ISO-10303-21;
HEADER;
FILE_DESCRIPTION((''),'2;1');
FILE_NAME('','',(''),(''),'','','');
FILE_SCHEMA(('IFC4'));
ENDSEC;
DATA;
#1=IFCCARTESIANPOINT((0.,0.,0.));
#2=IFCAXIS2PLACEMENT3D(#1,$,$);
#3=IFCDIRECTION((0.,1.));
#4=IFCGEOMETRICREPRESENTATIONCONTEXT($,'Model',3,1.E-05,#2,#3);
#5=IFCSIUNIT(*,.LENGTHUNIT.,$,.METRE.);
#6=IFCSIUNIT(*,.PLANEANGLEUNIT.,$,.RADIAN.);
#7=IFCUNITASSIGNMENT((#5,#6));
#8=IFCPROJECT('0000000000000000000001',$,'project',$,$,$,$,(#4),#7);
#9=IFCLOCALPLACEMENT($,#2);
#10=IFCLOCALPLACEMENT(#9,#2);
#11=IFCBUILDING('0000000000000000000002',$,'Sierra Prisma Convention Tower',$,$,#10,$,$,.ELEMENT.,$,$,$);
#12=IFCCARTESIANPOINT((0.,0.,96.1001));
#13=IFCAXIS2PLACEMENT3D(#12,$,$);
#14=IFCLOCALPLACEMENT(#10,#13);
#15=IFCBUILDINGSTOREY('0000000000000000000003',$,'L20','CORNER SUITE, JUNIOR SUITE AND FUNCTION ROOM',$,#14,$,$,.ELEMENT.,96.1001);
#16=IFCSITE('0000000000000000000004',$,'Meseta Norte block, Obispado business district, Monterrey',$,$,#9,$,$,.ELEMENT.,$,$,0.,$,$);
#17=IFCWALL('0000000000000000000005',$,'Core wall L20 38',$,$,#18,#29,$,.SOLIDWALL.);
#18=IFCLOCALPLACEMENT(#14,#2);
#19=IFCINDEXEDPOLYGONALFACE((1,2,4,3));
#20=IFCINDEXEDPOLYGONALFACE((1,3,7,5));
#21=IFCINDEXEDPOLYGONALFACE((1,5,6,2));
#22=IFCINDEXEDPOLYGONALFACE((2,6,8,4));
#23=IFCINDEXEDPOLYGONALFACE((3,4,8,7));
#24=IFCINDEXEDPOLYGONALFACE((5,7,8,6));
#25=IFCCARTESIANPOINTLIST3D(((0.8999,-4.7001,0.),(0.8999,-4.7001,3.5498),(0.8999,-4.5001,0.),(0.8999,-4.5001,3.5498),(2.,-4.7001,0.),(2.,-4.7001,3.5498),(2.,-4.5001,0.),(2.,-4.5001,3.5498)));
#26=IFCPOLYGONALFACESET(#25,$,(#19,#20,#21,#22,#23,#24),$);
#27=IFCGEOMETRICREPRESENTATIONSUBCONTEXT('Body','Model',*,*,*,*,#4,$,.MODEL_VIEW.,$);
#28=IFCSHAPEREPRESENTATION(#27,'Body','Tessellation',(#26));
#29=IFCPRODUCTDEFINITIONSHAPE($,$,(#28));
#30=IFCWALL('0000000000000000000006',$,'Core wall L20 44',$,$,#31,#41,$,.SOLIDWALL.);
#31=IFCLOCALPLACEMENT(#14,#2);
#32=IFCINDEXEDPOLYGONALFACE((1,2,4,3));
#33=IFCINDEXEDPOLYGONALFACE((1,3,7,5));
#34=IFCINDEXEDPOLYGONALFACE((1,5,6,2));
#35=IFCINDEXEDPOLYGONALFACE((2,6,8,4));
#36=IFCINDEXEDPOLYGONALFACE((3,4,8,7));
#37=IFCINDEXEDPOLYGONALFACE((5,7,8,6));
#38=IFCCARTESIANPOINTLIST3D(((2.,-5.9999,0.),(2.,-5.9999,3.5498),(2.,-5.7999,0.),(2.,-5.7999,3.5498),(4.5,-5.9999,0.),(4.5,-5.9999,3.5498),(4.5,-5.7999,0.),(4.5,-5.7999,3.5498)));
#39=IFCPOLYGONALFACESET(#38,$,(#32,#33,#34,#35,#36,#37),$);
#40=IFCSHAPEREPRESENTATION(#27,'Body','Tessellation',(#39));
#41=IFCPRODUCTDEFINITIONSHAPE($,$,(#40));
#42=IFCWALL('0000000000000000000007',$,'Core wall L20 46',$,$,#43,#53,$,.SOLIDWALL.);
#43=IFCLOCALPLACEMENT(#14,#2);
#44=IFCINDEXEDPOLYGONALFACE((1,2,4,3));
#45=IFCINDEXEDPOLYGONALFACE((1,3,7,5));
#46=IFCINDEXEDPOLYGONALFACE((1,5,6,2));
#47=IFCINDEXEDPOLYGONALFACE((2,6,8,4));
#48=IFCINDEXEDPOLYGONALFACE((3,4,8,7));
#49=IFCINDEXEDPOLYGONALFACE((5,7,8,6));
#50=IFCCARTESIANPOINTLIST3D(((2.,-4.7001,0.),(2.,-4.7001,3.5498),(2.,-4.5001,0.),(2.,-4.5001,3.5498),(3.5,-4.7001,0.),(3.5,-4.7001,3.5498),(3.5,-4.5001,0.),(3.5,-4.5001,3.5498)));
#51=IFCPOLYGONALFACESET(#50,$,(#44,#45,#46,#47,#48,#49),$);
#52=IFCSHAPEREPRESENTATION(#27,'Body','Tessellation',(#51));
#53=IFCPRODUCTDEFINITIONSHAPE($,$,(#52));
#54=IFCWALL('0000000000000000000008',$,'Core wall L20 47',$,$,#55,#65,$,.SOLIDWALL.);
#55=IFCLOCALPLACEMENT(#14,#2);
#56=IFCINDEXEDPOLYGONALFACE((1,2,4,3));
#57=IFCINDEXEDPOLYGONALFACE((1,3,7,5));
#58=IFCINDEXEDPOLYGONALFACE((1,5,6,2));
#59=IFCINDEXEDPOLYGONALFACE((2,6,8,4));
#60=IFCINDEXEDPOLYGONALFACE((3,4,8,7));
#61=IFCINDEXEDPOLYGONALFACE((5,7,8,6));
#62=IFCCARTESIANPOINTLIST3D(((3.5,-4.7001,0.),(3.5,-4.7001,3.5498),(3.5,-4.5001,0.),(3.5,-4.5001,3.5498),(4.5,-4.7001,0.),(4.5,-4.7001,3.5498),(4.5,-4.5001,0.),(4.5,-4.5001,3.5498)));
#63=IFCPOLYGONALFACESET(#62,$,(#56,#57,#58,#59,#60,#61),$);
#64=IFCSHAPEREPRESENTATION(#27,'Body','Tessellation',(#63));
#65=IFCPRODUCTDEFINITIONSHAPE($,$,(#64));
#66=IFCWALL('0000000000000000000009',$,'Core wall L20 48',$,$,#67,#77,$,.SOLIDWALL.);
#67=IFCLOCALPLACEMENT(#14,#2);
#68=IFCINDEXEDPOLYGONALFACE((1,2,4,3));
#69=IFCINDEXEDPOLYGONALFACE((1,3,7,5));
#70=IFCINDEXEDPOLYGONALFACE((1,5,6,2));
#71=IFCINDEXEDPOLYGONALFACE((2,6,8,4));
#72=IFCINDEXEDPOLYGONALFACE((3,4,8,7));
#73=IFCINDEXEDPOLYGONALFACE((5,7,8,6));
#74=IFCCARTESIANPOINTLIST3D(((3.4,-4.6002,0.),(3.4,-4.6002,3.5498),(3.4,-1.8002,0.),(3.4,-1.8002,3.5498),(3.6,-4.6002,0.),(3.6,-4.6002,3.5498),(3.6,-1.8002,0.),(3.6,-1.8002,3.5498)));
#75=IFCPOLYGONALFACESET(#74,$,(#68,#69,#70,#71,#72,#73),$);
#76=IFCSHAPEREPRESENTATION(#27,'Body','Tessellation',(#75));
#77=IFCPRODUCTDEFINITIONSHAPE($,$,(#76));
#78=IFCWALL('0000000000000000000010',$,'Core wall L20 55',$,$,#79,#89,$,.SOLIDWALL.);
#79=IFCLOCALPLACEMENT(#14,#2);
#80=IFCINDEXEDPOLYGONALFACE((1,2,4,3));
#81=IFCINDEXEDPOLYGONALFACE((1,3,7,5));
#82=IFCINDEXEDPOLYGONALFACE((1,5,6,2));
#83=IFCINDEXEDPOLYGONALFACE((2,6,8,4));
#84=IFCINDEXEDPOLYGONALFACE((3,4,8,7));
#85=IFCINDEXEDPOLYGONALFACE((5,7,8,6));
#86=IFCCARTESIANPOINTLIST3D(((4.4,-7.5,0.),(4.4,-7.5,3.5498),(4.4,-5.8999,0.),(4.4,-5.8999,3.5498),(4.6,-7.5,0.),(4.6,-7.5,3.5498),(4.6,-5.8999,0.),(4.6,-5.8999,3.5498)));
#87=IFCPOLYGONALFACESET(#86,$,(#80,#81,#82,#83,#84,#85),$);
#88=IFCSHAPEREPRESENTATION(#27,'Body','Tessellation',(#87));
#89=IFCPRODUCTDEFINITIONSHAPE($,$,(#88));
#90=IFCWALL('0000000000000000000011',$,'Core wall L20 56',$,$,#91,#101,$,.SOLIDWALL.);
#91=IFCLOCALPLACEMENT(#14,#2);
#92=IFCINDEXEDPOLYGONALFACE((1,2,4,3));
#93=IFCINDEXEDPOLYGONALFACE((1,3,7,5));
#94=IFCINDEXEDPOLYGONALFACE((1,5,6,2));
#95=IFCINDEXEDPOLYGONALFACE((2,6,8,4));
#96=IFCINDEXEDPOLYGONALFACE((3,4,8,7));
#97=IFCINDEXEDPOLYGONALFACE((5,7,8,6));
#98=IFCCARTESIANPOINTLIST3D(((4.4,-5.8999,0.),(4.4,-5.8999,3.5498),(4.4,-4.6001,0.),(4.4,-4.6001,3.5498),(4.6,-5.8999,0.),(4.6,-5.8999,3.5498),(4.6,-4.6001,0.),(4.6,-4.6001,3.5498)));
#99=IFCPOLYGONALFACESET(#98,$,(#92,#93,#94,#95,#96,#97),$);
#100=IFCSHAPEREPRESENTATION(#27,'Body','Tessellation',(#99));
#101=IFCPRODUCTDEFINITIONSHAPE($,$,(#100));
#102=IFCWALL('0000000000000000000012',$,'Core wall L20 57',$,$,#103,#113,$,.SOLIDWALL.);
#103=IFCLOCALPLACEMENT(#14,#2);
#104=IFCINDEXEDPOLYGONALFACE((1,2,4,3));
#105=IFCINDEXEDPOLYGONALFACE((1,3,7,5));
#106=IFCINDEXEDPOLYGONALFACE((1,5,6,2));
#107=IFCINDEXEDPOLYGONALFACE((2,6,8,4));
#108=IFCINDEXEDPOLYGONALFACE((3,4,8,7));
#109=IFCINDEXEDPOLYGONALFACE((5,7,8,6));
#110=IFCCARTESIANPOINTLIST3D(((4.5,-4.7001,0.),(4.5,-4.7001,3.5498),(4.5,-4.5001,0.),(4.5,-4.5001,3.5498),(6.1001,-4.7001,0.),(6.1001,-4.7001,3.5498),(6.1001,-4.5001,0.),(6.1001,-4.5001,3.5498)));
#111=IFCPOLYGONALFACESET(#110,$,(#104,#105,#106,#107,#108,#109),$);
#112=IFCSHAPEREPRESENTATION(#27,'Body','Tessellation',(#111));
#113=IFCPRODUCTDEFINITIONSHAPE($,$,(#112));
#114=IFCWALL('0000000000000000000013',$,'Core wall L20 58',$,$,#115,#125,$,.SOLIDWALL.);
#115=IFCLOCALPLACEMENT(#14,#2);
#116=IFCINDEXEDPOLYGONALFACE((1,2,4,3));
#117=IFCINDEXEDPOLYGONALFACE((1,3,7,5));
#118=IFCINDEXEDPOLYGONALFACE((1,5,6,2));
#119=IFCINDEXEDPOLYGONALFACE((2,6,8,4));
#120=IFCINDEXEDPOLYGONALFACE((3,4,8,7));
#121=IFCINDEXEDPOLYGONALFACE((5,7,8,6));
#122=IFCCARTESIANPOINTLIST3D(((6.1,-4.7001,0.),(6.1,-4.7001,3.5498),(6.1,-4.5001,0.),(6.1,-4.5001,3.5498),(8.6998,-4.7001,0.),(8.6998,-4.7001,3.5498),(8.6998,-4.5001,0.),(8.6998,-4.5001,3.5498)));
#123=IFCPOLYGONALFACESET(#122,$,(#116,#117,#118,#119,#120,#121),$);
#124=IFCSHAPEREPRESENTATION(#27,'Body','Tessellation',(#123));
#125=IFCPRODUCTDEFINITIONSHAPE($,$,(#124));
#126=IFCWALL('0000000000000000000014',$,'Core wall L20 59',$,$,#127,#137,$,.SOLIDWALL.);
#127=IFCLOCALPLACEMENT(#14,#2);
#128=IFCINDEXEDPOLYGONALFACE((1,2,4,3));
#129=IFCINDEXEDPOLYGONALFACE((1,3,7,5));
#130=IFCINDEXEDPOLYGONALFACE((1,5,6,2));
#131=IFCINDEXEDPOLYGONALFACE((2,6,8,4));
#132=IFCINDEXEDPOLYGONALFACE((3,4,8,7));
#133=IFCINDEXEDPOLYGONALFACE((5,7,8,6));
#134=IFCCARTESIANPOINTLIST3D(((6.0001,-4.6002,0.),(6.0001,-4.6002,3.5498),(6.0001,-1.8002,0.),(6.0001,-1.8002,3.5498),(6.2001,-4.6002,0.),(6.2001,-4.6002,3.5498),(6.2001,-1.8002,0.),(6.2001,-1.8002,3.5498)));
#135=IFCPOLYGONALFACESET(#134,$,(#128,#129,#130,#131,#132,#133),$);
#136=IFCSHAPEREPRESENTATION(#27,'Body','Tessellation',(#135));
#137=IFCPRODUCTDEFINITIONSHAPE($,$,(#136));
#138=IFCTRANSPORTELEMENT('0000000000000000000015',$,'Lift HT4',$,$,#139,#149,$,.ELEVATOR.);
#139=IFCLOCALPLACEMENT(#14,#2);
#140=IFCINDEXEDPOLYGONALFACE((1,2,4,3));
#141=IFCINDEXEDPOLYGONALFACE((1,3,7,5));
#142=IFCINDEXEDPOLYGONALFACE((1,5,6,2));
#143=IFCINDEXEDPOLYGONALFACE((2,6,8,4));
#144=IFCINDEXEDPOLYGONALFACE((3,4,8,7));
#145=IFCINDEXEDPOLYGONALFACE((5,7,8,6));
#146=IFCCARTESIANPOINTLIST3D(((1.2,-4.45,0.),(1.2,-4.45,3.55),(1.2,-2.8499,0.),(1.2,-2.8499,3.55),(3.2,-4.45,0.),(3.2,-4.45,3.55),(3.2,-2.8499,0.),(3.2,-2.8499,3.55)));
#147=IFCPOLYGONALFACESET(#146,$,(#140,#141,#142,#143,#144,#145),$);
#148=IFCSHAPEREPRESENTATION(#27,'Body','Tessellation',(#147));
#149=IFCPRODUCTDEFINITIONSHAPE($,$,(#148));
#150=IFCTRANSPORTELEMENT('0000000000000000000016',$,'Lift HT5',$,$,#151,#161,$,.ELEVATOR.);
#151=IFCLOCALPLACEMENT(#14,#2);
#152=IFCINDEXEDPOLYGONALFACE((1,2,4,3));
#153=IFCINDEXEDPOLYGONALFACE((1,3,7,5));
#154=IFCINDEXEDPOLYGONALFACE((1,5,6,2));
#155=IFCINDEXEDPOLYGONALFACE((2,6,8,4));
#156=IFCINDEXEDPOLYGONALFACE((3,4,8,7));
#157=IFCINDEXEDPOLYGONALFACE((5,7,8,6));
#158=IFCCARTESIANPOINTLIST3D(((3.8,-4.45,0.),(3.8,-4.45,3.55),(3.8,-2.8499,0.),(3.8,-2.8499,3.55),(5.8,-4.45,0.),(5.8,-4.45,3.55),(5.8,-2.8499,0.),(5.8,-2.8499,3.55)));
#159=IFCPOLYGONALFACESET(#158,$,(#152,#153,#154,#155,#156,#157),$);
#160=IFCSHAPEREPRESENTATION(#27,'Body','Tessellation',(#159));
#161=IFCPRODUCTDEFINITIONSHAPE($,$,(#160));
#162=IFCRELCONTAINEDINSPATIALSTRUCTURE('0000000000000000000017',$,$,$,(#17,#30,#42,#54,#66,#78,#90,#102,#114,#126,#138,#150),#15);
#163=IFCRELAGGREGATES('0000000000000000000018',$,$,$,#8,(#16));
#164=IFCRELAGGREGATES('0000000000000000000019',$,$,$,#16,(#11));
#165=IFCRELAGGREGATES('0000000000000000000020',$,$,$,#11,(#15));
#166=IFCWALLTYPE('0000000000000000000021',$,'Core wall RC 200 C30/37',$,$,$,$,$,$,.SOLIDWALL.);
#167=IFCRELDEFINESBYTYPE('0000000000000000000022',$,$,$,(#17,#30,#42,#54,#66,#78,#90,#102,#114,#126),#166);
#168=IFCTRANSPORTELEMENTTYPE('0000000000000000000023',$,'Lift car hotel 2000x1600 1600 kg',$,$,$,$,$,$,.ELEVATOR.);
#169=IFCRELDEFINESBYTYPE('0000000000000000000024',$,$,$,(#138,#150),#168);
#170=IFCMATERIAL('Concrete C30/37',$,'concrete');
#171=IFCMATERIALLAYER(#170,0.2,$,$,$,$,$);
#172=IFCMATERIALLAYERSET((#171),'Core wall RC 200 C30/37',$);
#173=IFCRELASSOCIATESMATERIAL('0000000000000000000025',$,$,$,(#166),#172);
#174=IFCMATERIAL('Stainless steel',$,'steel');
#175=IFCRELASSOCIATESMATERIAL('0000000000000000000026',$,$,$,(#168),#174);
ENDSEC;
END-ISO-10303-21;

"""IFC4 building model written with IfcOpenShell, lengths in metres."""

from ifc_helpers import new_model, si_unit, direction, frame, frame_2d, origin, origin_2d, place, context, subcontext, project, spatial, rectangle, extrude, material, layer, layer_set, type_object, element, save


model = new_model("IFC4")

# Units and contexts
model_context = context("Model", 3, precision=1e-05, world=origin(), true_north=direction((0.0, 1.0)))
body_context = subcontext(model_context, "Body", "Model", "MODEL_VIEW")
ifc_project = project(units=[si_unit("LENGTHUNIT", "METRE"), si_unit("PLANEANGLEUNIT", "RADIAN")], contexts=[model_context])

# Site, building, storey
site_placement = place(None, origin())
site = spatial("IfcSite", under=ifc_project, at=site_placement, Name="Meseta Norte block, Obispado business district, Monterrey", CompositionType="ELEMENT", RefElevation=0.0)
building_placement = place(site_placement, origin())
building = spatial("IfcBuilding", under=site, at=building_placement, Name="Sierra Prisma Convention Tower", CompositionType="ELEMENT")
storey_placement = place(building_placement, frame((0.0, 0.0, 96.1001)))
storey = spatial("IfcBuildingStorey", under=building, at=storey_placement, Name="L20", Description="CORNER SUITE, JUNIOR SUITE AND FUNCTION ROOM", CompositionType="ELEMENT", Elevation=96.1001)

# Wall
ifc_material_1 = material(Name="Concrete C30/37", Category="concrete")
ifc_layer = layer(ifc_material_1, 0.2)
ifc_layer_set = layer_set([ifc_layer], Name="Core wall RC 200 C30/37")
wall_type = type_object("IfcWallType", Name="Core wall RC 200 C30/37", PredefinedType="SOLIDWALL", material=ifc_layer_set)
wall_1_placement = place(storey_placement, frame((0.8999, -4.6001, 0.0), z_axis=(0.0, 0.0, 1.0), x_axis=(1.0, 0.0, 0.0)))
element("IfcWall", 1, at=wall_1_placement, inside=storey, type_object=wall_type, Name="Core wall L20 38", PredefinedType="SOLIDWALL", context=body_context, shape_type="SweptSolid", body=[
    extrude(rectangle(XDim=1.1001, YDim=0.2, at=frame_2d((0.55, 0.0))), origin(), (0.0, 0.0, 1.0), 3.5498),
])

# Wall
wall_2_placement = place(storey_placement, frame((4.5, -5.8999, 0.0), z_axis=(0.0, 0.0, 1.0), x_axis=(-1.0, 0.0, 0.0)))
element("IfcWall", 2, at=wall_2_placement, inside=storey, type_object=wall_type, Name="Core wall L20 44", PredefinedType="SOLIDWALL", context=body_context, shape_type="SweptSolid", body=[
    extrude(rectangle(XDim=2.5, YDim=0.2, at=frame_2d((1.25, 0.0))), origin(), (0.0, 0.0, 1.0), 3.5498),
])

# Walls
wall_3_placement = place(storey_placement, frame((3.5, -4.6001, 0.0), z_axis=(0.0, 0.0, 1.0), x_axis=(-1.0, 0.0, 0.0)))
element("IfcWall", 3, at=wall_3_placement, inside=storey, type_object=wall_type, Name="Core wall L20 46", PredefinedType="SOLIDWALL", context=body_context, shape_type="SweptSolid", body=[
    extrude(rectangle(XDim=1.5, YDim=0.2, at=frame_2d((0.75, 0.0))), origin(), (0.0, 0.0, 1.0), 3.5498),
])
wall_4_placement = place(storey_placement, frame((4.5, -4.6001, 0.0), z_axis=(0.0, 0.0, 1.0), x_axis=(-1.0, 0.0, 0.0)))
element("IfcWall", 4, at=wall_4_placement, inside=storey, type_object=wall_type, Name="Core wall L20 47", PredefinedType="SOLIDWALL", context=body_context, shape_type="SweptSolid", body=[
    extrude(rectangle(XDim=1.0, YDim=0.2, at=frame_2d((0.5, 0.0))), origin(), (0.0, 0.0, 1.0), 3.5498),
])
wall_5_placement = place(storey_placement, frame((3.5, -4.6001, 0.0), z_axis=(0.0, 0.0, 1.0), x_axis=(0.0, 1.0, 0.0)))
element("IfcWall", 5, at=wall_5_placement, inside=storey, type_object=wall_type, Name="Core wall L20 48", PredefinedType="SOLIDWALL", context=body_context, shape_type="SweptSolid", body=[
    extrude(rectangle(XDim=2.8, YDim=0.2, at=frame_2d((1.3999, 0.0))), origin(), (0.0, 0.0, 1.0), 3.5498),
])
wall_6_placement = place(storey_placement, frame((4.5, -7.5, 0.0), z_axis=(0.0, 0.0, 1.0), x_axis=(0.0, 1.0, 0.0)))
element("IfcWall", 6, at=wall_6_placement, inside=storey, type_object=wall_type, Name="Core wall L20 55", PredefinedType="SOLIDWALL", context=body_context, shape_type="SweptSolid", body=[
    extrude(rectangle(XDim=1.6001, YDim=0.2, at=frame_2d((0.8, 0.0))), origin(), (0.0, 0.0, 1.0), 3.5498),
])
wall_7_placement = place(storey_placement, frame((4.5, -5.8999, 0.0), z_axis=(0.0, 0.0, 1.0), x_axis=(0.0, 1.0, 0.0)))
element("IfcWall", 7, at=wall_7_placement, inside=storey, type_object=wall_type, Name="Core wall L20 56", PredefinedType="SOLIDWALL", context=body_context, shape_type="SweptSolid", body=[
    extrude(rectangle(XDim=1.2998, YDim=0.2, at=frame_2d((0.6499, 0.0))), origin(), (0.0, 0.0, 1.0), 3.5498),
])
wall_8_placement = place(storey_placement, frame((4.5, -4.6001, 0.0), z_axis=(0.0, 0.0, 1.0), x_axis=(1.0, 0.0, 0.0)))
element("IfcWall", 8, at=wall_8_placement, inside=storey, type_object=wall_type, Name="Core wall L20 57", PredefinedType="SOLIDWALL", context=body_context, shape_type="SweptSolid", body=[
    extrude(rectangle(XDim=1.6001, YDim=0.2, at=frame_2d((0.8, 0.0))), origin(), (0.0, 0.0, 1.0), 3.5498),
])
wall_9_placement = place(storey_placement, frame((6.1001, -4.6001, 0.0), z_axis=(0.0, 0.0, 1.0), x_axis=(1.0, 0.0, 0.0)))
element("IfcWall", 9, at=wall_9_placement, inside=storey, type_object=wall_type, Name="Core wall L20 58", PredefinedType="SOLIDWALL", context=body_context, shape_type="SweptSolid", body=[
    extrude(rectangle(XDim=2.5999, YDim=0.2, at=frame_2d((1.2998, 0.0))), origin(), (0.0, 0.0, 1.0), 3.5498),
])
wall_10_placement = place(storey_placement, frame((6.1001, -4.6001, 0.0), z_axis=(0.0, 0.0, 1.0), x_axis=(0.0, 1.0, 0.0)))
element("IfcWall", 10, at=wall_10_placement, inside=storey, type_object=wall_type, Name="Core wall L20 59", PredefinedType="SOLIDWALL", context=body_context, shape_type="SweptSolid", body=[
    extrude(rectangle(XDim=2.8, YDim=0.2, at=frame_2d((1.3999, 0.0))), origin(), (0.0, 0.0, 1.0), 3.5498),
])

# Transport elements
ifc_material_2 = material(Name="Stainless steel", Category="steel")
transport_element_type = type_object("IfcTransportElementType", Name="Lift car hotel 2000x1600 1600 kg", PredefinedType="ELEVATOR", material=ifc_material_2)
for number, where, z_axis, x_axis, name in (
    (11, (2.2, -3.6499, 0.0), (0.0, 0.0, 1.0), (1.0, 0.0, 0.0), "Lift HT4"),
    (12, (4.8, -3.6499, 0.0), (0.0, 0.0, 1.0), (1.0, 0.0, 0.0), "Lift HT5"),
):
    element("IfcTransportElement", number, at=place(storey_placement, frame(where, z_axis=z_axis, x_axis=x_axis)), inside=storey, type_object=transport_element_type, Name=name, PredefinedType="ELEVATOR", context=body_context, shape_type="SweptSolid", body=[
        extrude(rectangle(XDim=2.0, YDim=1.6001, at=origin_2d()), origin(), (0.0, 0.0, 1.0), 3.55),
    ])

save(model, "model.ifc")
